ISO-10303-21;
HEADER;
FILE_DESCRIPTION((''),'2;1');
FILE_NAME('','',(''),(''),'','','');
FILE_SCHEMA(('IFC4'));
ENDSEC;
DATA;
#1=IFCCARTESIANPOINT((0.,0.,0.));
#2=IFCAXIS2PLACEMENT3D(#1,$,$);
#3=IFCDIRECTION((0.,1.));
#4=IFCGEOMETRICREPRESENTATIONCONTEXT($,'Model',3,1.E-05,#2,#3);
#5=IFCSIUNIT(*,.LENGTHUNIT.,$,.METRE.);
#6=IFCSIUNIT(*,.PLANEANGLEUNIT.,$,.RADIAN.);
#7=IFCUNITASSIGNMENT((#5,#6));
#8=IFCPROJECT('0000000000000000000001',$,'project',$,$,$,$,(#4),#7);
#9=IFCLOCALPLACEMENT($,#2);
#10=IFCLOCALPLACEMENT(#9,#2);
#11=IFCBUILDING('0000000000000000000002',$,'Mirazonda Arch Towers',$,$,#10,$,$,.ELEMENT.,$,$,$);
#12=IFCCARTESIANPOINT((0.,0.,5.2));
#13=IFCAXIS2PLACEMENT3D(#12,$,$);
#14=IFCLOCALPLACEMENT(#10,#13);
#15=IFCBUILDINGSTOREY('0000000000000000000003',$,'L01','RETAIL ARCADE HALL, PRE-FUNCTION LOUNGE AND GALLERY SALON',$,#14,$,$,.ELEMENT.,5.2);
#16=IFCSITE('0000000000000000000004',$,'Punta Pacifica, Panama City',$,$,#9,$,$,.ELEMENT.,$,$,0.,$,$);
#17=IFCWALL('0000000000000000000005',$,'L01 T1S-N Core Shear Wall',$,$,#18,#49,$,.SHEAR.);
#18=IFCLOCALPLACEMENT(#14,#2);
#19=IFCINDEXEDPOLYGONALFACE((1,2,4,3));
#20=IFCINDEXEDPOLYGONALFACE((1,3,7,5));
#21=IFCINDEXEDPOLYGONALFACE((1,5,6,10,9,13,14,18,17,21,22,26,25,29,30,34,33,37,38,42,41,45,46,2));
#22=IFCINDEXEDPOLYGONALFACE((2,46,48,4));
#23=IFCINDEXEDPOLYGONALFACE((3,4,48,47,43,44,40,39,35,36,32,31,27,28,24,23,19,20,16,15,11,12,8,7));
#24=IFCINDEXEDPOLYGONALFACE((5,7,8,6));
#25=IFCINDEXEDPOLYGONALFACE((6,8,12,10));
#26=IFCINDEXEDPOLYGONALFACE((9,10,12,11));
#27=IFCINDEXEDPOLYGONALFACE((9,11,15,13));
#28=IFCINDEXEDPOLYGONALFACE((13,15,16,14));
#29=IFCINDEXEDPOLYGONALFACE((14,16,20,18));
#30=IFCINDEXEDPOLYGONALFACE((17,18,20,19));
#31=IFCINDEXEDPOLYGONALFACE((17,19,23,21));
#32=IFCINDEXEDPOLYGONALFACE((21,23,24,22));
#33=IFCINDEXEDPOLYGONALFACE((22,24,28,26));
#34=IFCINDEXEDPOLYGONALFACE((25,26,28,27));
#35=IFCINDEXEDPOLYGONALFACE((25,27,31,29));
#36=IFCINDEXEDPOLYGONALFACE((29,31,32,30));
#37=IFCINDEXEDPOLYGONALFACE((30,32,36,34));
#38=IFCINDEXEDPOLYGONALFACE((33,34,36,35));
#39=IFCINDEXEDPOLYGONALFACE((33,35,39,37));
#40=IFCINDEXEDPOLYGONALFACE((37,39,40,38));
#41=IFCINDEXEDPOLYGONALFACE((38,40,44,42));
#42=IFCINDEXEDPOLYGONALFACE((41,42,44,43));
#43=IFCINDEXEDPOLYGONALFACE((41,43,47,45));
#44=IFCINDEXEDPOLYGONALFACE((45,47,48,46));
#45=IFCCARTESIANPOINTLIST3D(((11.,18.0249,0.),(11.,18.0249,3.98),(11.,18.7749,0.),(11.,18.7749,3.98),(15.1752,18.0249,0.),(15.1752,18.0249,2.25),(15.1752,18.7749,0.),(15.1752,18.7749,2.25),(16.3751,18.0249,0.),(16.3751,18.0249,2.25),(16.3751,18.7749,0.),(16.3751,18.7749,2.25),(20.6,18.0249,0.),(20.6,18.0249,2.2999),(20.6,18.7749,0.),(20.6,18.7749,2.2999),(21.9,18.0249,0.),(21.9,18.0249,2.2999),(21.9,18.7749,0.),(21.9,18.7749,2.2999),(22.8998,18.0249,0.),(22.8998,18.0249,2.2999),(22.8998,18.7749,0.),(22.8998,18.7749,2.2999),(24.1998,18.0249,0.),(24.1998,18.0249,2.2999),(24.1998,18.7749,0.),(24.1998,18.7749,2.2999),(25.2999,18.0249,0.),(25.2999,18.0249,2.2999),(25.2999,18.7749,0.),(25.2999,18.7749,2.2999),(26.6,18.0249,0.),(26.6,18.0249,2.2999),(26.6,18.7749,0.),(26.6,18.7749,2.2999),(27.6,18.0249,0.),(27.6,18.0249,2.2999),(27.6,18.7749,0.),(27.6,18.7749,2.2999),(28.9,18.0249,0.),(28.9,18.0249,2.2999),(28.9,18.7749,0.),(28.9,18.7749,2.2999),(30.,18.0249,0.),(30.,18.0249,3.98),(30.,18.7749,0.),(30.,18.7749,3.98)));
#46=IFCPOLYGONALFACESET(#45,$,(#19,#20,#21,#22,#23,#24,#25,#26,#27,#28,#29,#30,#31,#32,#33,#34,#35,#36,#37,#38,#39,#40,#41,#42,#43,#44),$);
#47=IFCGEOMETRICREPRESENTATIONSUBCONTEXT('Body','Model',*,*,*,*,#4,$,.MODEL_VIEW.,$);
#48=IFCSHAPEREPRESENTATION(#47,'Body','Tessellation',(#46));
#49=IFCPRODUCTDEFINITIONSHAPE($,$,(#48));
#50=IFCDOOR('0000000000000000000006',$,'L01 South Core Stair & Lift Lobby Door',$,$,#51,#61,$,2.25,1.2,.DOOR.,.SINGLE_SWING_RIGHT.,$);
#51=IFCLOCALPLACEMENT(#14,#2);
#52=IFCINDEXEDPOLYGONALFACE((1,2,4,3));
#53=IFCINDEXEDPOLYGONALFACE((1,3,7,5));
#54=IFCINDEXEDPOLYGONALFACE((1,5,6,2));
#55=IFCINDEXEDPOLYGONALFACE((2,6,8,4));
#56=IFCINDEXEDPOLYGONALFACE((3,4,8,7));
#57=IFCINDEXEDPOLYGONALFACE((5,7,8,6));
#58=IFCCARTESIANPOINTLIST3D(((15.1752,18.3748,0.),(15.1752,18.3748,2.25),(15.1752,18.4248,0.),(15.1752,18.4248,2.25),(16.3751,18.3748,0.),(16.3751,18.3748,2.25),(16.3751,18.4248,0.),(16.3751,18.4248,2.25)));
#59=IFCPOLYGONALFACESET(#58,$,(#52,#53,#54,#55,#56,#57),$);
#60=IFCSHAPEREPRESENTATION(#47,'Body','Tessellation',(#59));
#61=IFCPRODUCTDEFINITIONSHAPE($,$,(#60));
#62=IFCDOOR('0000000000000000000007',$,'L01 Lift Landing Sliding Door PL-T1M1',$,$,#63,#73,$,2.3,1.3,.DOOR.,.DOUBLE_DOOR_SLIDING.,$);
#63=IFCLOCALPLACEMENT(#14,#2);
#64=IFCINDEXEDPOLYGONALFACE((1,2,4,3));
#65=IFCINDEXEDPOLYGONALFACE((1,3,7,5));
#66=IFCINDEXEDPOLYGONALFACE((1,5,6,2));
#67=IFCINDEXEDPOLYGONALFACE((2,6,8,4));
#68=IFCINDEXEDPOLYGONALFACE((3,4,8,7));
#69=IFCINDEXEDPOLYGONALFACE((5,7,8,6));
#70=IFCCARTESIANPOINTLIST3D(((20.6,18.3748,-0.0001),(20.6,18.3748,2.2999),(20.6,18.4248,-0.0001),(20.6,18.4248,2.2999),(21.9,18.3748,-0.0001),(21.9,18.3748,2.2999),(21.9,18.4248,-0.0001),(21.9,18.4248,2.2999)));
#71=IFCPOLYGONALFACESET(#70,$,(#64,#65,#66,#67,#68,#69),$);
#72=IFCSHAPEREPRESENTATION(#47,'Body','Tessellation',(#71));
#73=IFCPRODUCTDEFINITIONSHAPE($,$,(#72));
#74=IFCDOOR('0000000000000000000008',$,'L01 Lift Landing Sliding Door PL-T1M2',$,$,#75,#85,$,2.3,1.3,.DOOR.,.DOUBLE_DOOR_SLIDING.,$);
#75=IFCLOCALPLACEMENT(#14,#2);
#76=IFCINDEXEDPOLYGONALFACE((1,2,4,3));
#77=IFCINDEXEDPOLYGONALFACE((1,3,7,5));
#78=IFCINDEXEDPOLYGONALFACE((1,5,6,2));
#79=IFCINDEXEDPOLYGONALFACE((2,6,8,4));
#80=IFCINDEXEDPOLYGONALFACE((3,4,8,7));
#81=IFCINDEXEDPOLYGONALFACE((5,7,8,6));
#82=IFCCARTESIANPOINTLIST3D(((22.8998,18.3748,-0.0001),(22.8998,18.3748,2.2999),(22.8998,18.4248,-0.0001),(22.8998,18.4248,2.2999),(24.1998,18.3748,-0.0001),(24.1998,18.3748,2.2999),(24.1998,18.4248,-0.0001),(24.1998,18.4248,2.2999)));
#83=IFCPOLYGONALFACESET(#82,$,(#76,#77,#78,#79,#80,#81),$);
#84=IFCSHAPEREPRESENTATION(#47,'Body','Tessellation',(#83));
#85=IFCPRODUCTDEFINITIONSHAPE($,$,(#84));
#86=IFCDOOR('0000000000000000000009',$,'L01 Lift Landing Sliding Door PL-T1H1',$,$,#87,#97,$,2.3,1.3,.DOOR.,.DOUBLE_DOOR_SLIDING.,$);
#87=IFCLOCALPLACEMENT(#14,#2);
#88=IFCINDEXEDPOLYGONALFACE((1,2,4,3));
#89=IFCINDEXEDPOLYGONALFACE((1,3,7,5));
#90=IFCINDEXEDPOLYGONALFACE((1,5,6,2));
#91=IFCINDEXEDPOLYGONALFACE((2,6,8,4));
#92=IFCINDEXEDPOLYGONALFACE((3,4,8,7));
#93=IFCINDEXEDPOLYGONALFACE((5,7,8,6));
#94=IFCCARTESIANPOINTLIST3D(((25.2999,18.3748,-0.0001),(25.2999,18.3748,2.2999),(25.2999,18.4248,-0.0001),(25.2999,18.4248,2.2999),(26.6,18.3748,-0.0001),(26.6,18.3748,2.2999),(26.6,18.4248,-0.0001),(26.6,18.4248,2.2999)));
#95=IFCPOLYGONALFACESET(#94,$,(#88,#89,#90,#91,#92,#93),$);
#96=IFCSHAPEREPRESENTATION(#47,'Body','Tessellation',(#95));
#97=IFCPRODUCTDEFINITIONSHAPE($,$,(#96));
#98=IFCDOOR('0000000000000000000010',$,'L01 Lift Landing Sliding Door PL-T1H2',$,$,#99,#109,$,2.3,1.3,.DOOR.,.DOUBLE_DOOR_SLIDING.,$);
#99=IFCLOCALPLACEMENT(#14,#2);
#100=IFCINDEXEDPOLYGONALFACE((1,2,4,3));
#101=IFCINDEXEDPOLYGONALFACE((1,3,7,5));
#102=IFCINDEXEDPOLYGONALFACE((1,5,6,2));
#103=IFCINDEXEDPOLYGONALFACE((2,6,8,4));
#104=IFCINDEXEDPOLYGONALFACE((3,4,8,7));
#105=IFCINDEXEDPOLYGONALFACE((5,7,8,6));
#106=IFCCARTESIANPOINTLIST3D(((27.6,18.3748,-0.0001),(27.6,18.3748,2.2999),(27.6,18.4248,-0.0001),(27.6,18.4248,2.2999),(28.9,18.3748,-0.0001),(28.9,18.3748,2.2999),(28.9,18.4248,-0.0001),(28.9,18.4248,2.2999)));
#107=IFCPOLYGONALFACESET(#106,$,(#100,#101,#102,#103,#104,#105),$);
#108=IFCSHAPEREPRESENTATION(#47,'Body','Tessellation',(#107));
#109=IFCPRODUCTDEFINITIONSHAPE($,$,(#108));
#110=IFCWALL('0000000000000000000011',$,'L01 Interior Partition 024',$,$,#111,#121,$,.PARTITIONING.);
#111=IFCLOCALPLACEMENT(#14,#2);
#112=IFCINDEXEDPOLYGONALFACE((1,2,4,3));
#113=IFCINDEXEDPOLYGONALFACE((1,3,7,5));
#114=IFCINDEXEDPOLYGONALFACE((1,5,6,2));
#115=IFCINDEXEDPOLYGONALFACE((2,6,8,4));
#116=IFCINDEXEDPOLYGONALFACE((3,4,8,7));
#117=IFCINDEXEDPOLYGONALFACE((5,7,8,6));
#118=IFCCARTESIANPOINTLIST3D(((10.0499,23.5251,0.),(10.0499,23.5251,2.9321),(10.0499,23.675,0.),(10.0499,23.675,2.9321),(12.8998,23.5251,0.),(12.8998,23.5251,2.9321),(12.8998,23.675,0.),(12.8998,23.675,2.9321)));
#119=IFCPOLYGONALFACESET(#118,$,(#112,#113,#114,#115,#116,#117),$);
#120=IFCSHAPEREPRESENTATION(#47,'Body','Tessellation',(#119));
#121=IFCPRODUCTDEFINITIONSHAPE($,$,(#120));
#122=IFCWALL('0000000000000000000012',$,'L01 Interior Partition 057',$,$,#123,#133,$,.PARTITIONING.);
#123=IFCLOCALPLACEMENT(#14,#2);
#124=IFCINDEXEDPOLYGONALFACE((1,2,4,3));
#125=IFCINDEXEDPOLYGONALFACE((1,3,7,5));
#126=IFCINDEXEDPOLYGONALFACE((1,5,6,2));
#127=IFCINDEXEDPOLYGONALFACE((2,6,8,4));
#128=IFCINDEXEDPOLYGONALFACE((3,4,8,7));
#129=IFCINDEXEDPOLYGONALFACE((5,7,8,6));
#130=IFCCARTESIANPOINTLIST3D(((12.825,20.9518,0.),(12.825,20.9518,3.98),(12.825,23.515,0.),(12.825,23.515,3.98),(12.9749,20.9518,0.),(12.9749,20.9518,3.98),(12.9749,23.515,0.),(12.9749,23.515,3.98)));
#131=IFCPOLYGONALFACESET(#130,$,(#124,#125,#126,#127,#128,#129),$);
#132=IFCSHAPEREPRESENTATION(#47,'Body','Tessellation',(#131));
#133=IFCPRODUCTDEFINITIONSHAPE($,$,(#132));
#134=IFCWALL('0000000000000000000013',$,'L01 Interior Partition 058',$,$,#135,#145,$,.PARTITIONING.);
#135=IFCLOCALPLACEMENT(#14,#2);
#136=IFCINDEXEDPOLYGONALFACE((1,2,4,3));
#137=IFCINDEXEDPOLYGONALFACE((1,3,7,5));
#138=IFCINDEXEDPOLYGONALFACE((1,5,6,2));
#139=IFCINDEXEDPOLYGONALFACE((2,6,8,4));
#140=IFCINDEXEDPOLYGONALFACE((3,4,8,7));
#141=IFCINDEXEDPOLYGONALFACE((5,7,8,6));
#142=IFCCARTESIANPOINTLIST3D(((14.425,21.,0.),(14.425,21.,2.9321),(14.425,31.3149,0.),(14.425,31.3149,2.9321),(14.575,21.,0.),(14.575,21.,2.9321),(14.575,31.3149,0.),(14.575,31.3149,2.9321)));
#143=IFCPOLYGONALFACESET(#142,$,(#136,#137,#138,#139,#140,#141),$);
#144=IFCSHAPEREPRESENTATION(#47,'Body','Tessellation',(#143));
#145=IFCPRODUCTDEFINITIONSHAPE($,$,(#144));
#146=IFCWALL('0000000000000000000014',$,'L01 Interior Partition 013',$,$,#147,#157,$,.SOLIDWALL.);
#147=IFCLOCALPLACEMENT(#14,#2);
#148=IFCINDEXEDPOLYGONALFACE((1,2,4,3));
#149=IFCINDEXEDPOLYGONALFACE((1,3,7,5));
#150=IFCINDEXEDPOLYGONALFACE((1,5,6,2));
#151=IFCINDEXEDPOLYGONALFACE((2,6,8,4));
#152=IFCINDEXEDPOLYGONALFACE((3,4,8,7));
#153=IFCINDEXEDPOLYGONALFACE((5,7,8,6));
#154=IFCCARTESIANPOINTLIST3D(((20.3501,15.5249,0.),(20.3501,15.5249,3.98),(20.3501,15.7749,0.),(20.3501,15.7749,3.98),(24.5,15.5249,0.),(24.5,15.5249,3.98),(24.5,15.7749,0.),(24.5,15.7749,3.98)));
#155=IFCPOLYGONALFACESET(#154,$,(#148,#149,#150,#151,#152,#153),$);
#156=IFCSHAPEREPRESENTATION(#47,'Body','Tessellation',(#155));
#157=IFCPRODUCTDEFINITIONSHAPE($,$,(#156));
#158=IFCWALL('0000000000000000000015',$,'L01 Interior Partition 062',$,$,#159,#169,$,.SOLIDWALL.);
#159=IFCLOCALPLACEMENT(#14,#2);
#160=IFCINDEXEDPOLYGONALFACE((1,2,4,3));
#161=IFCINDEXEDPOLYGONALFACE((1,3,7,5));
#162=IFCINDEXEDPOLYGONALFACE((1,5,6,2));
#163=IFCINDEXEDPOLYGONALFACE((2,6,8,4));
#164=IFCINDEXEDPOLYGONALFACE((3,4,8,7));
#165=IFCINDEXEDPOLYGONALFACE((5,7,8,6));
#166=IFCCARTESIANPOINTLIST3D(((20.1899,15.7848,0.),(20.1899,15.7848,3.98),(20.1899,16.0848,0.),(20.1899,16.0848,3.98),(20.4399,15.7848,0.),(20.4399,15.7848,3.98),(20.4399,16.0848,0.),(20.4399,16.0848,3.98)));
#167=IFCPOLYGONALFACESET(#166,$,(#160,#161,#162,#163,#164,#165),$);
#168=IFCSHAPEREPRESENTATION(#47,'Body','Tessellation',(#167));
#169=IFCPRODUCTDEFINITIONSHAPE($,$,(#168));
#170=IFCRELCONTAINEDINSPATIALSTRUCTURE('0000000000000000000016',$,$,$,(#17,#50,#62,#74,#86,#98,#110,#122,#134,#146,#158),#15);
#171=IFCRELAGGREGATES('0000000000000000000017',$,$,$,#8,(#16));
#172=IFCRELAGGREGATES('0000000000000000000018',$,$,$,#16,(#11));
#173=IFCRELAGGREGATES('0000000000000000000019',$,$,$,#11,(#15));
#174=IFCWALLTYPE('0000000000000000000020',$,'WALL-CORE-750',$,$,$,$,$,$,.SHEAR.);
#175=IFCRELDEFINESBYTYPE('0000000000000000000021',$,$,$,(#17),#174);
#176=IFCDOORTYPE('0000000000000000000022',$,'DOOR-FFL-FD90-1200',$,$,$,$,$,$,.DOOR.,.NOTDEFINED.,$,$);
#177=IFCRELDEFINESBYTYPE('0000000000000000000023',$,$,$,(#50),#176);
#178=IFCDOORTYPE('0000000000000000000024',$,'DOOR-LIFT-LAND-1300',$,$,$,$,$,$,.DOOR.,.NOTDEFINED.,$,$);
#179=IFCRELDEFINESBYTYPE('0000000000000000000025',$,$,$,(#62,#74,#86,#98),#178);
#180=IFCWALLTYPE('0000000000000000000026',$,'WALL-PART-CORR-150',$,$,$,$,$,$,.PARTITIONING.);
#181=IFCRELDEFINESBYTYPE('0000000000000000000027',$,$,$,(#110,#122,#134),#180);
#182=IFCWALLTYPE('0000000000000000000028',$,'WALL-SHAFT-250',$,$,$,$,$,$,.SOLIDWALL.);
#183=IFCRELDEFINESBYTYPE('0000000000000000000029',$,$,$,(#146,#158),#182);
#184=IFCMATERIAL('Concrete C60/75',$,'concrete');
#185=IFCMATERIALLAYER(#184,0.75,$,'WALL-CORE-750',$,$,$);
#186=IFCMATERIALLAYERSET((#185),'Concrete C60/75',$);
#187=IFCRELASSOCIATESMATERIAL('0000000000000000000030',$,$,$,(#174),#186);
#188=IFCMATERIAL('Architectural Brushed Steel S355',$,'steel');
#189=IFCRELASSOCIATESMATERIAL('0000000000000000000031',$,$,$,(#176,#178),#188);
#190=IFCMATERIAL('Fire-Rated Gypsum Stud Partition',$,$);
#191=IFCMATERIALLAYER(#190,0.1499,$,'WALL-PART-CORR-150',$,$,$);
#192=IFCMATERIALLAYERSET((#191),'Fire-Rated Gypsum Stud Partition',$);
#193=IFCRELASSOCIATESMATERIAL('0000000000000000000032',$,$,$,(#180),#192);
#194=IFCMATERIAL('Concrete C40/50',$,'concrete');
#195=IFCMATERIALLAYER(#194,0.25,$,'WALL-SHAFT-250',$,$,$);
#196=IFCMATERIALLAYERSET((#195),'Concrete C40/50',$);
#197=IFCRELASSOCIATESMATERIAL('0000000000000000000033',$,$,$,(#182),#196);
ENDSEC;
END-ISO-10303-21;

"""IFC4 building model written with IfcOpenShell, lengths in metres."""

from ifc_helpers import new_model, si_unit, direction, frame, frame_2d, origin, place, context, subcontext, project, spatial, rectangle, extrude, material, layer, layer_set, type_object, element, fill, save


model = new_model("IFC4")

# Units and contexts
model_context = context("Model", 3, precision=1e-05, world=origin(), true_north=direction((0.0, 1.0)))
body_context = subcontext(model_context, "Body", "Model", "MODEL_VIEW")
ifc_project = project(units=[si_unit("LENGTHUNIT", "METRE"), si_unit("PLANEANGLEUNIT", "RADIAN")], contexts=[model_context])

# Site, building, storey
site_placement = place(None, origin())
site = spatial("IfcSite", under=ifc_project, at=site_placement, Name="Punta Pacifica, Panama City", CompositionType="ELEMENT", RefElevation=0.0)
building_placement = place(site_placement, origin())
building = spatial("IfcBuilding", under=site, at=building_placement, Name="Mirazonda Arch Towers", CompositionType="ELEMENT")
storey_placement = place(building_placement, frame((0.0, 0.0, 5.2)))
storey = spatial("IfcBuildingStorey", under=building, at=storey_placement, Name="L01", Description="RETAIL ARCADE HALL, PRE-FUNCTION LOUNGE AND GALLERY SALON", CompositionType="ELEMENT", Elevation=5.2)

# Shared definitions
ifc_material_1 = material(Name="Concrete C60/75", Category="concrete")

# Shared definitions
ifc_material_2 = material(Name="Architectural Brushed Steel S355", Category="steel")

# Wall, openings, doors
ifc_layer_1 = layer(ifc_material_1, 0.75, Name="WALL-CORE-750")
ifc_layer_set_1 = layer_set([ifc_layer_1], Name="Concrete C60/75")
wall_type_1 = type_object("IfcWallType", Name="WALL-CORE-750", PredefinedType="SHEAR", material=ifc_layer_set_1)
wall_1_placement = place(storey_placement, frame((11.0, 18.3999, 0.0), z_axis=(0.0, 0.0, 1.0), x_axis=(1.0, 0.0, 0.0)))
wall_1 = element("IfcWall", 1, at=wall_1_placement, inside=storey, type_object=wall_type_1, Name="L01 T1S-N Core Shear Wall", PredefinedType="SHEAR", context=body_context, shape_type="SweptSolid", body=[
    extrude(rectangle(XDim=19.0, YDim=0.75, at=frame_2d((9.5, 0.0))), origin(), (0.0, 0.0, 1.0), 3.98),
])
opening_1_placement = place(wall_1_placement, frame((4.175, 0.0, 0.0)))
opening_1 = element("IfcOpeningElement", 2, at=opening_1_placement, cuts=wall_1, PredefinedType="OPENING", context=body_context, shape_type="SweptSolid", body=[
    extrude(rectangle(XDim=1.2, YDim=2.25, at=frame_2d((0.6001, 1.125))), frame((0.0, 0.385, 0.0), z_axis=(0.0, -1.0, 0.0), x_axis=(1.0, 0.0, 0.0)), (0.0, 0.0, 1.0), 0.77),
])
opening_2_placement = place(wall_1_placement, frame((9.6001, 0.0, 0.0)))
opening_2 = element("IfcOpeningElement", 3, at=opening_2_placement, cuts=wall_1, PredefinedType="OPENING", context=body_context, shape_type="SweptSolid", body=[
    extrude(rectangle(XDim=1.3, YDim=2.3, at=frame_2d((0.6499, 1.1499))), frame((0.0, 0.385, 0.0), z_axis=(0.0, -1.0, 0.0), x_axis=(1.0, 0.0, 0.0)), (0.0, 0.0, 1.0), 0.77),
])
opening_3_placement = place(wall_1_placement, frame((11.8999, 0.0, 0.0)))
opening_3 = element("IfcOpeningElement", 4, at=opening_3_placement, cuts=wall_1, PredefinedType="OPENING", context=body_context, shape_type="SweptSolid", body=[
    extrude(rectangle(XDim=1.3, YDim=2.3, at=frame_2d((0.6499, 1.1499))), frame((0.0, 0.385, 0.0), z_axis=(0.0, -1.0, 0.0), x_axis=(1.0, 0.0, 0.0)), (0.0, 0.0, 1.0), 0.77),
])
opening_4_placement = place(wall_1_placement, frame((14.3, 0.0, 0.0)))
opening_4 = element("IfcOpeningElement", 5, at=opening_4_placement, cuts=wall_1, PredefinedType="OPENING", context=body_context, shape_type="SweptSolid", body=[
    extrude(rectangle(XDim=1.3, YDim=2.3, at=frame_2d((0.6499, 1.1499))), frame((0.0, 0.385, 0.0), z_axis=(0.0, -1.0, 0.0), x_axis=(1.0, 0.0, 0.0)), (0.0, 0.0, 1.0), 0.77),
])
opening_5_placement = place(wall_1_placement, frame((16.6001, 0.0, 0.0)))
opening_5 = element("IfcOpeningElement", 6, at=opening_5_placement, cuts=wall_1, PredefinedType="OPENING", context=body_context, shape_type="SweptSolid", body=[
    extrude(rectangle(XDim=1.3, YDim=2.3, at=frame_2d((0.6499, 1.1499))), frame((0.0, 0.385, 0.0), z_axis=(0.0, -1.0, 0.0), x_axis=(1.0, 0.0, 0.0)), (0.0, 0.0, 1.0), 0.77),
])
door_type_1 = type_object("IfcDoorType", Name="DOOR-FFL-FD90-1200", OperationType="NOTDEFINED", PredefinedType="DOOR", material=ifc_material_2)
door_1_placement = place(opening_1_placement, origin())
door_1 = element("IfcDoor", 7, at=door_1_placement, inside=storey, type_object=door_type_1, Name="L01 South Core Stair & Lift Lobby Door", OperationType="SINGLE_SWING_RIGHT", OverallHeight=2.25, OverallWidth=1.2, PredefinedType="DOOR", context=body_context, shape_type="SweptSolid", body=[
    extrude(rectangle(XDim=1.2, YDim=2.25, at=frame_2d((0.6001, 1.125))), frame((0.0, 0.0249, 0.0), z_axis=(0.0, -1.0, 0.0), x_axis=(1.0, 0.0, 0.0)), (0.0, 0.0, 1.0), 0.05),
])
fill(opening_1, door_1)
door_type_2 = type_object("IfcDoorType", Name="DOOR-LIFT-LAND-1300", OperationType="NOTDEFINED", PredefinedType="DOOR", material=ifc_material_2)
door_2_placement = place(opening_2_placement, origin())
door_2 = element("IfcDoor", 8, at=door_2_placement, inside=storey, type_object=door_type_2, Name="L01 Lift Landing Sliding Door PL-T1M1", OperationType="DOUBLE_DOOR_SLIDING", OverallHeight=2.3, OverallWidth=1.3, PredefinedType="DOOR", context=body_context, shape_type="SweptSolid", body=[
    extrude(rectangle(XDim=1.3, YDim=2.3, at=frame_2d((0.6499, 1.1499))), frame((0.0, 0.0249, 0.0), z_axis=(0.0, -1.0, 0.0), x_axis=(1.0, 0.0, 0.0)), (0.0, 0.0, 1.0), 0.05),
])
fill(opening_2, door_2)
door_3_placement = place(opening_3_placement, origin())
door_3 = element("IfcDoor", 9, at=door_3_placement, inside=storey, type_object=door_type_2, Name="L01 Lift Landing Sliding Door PL-T1M2", OperationType="DOUBLE_DOOR_SLIDING", OverallHeight=2.3, OverallWidth=1.3, PredefinedType="DOOR", context=body_context, shape_type="SweptSolid", body=[
    extrude(rectangle(XDim=1.3, YDim=2.3, at=frame_2d((0.6499, 1.1499))), frame((0.0, 0.0249, 0.0), z_axis=(0.0, -1.0, 0.0), x_axis=(1.0, 0.0, 0.0)), (0.0, 0.0, 1.0), 0.05),
])
fill(opening_3, door_3)
door_4_placement = place(opening_4_placement, origin())
door_4 = element("IfcDoor", 10, at=door_4_placement, inside=storey, type_object=door_type_2, Name="L01 Lift Landing Sliding Door PL-T1H1", OperationType="DOUBLE_DOOR_SLIDING", OverallHeight=2.3, OverallWidth=1.3, PredefinedType="DOOR", context=body_context, shape_type="SweptSolid", body=[
    extrude(rectangle(XDim=1.3, YDim=2.3, at=frame_2d((0.6499, 1.1499))), frame((0.0, 0.0249, 0.0), z_axis=(0.0, -1.0, 0.0), x_axis=(1.0, 0.0, 0.0)), (0.0, 0.0, 1.0), 0.05),
])
fill(opening_4, door_4)
door_5_placement = place(opening_5_placement, origin())
door_5 = element("IfcDoor", 11, at=door_5_placement, inside=storey, type_object=door_type_2, Name="L01 Lift Landing Sliding Door PL-T1H2", OperationType="DOUBLE_DOOR_SLIDING", OverallHeight=2.3, OverallWidth=1.3, PredefinedType="DOOR", context=body_context, shape_type="SweptSolid", body=[
    extrude(rectangle(XDim=1.3, YDim=2.3, at=frame_2d((0.6499, 1.1499))), frame((0.0, 0.0249, 0.0), z_axis=(0.0, -1.0, 0.0), x_axis=(1.0, 0.0, 0.0)), (0.0, 0.0, 1.0), 0.05),
])
fill(opening_5, door_5)

# Walls
ifc_material_3 = material(Name="Fire-Rated Gypsum Stud Partition")
ifc_layer_2 = layer(ifc_material_3, 0.1499, Name="WALL-PART-CORR-150")
ifc_layer_set_2 = layer_set([ifc_layer_2], Name="Fire-Rated Gypsum Stud Partition")
wall_type_2 = type_object("IfcWallType", Name="WALL-PART-CORR-150", PredefinedType="PARTITIONING", material=ifc_layer_set_2)
wall_2_placement = place(storey_placement, frame((10.05, 23.6001, 0.0), z_axis=(0.0, 0.0, 1.0), x_axis=(1.0, 0.0, 0.0)))
element("IfcWall", 12, at=wall_2_placement, inside=storey, type_object=wall_type_2, Name="L01 Interior Partition 024", PredefinedType="PARTITIONING", context=body_context, shape_type="SweptSolid", body=[
    extrude(rectangle(XDim=2.8499, YDim=0.1499, at=frame_2d((1.4248, 0.0))), origin(), (0.0, 0.0, 1.0), 2.9321),
])
wall_3_placement = place(storey_placement, frame((12.8999, 20.9517, 0.0), z_axis=(0.0, 0.0, 1.0), x_axis=(0.0, 1.0, 0.0)))
element("IfcWall", 13, at=wall_3_placement, inside=storey, type_object=wall_type_2, Name="L01 Interior Partition 057", PredefinedType="PARTITIONING", context=body_context, shape_type="SweptSolid", body=[
    extrude(rectangle(XDim=2.5632, YDim=0.1499, at=frame_2d((1.2817, 0.0))), origin(), (0.0, 0.0, 1.0), 3.98),
])
wall_4_placement = place(storey_placement, frame((14.5, 21.0, 0.0), z_axis=(0.0, 0.0, 1.0), x_axis=(0.0, 1.0, 0.0)))
element("IfcWall", 14, at=wall_4_placement, inside=storey, type_object=wall_type_2, Name="L01 Interior Partition 058", PredefinedType="PARTITIONING", context=body_context, shape_type="SweptSolid", body=[
    extrude(rectangle(XDim=10.3149, YDim=0.1499, at=frame_2d((5.1575, 0.0))), origin(), (0.0, 0.0, 1.0), 2.9321),
])
ifc_material_4 = material(Name="Concrete C40/50", Category="concrete")
ifc_layer_3 = layer(ifc_material_4, 0.25, Name="WALL-SHAFT-250")
ifc_layer_set_3 = layer_set([ifc_layer_3], Name="Concrete C40/50")
wall_type_3 = type_object("IfcWallType", Name="WALL-SHAFT-250", PredefinedType="SOLIDWALL", material=ifc_layer_set_3)
wall_5_placement = place(storey_placement, frame((20.3501, 15.6499, 0.0), z_axis=(0.0, 0.0, 1.0), x_axis=(1.0, 0.0, 0.0)))
element("IfcWall", 15, at=wall_5_placement, inside=storey, type_object=wall_type_3, Name="L01 Interior Partition 013", PredefinedType="SOLIDWALL", context=body_context, shape_type="SweptSolid", body=[
    extrude(rectangle(XDim=4.1499, YDim=0.25, at=frame_2d((2.075, 0.0))), origin(), (0.0, 0.0, 1.0), 3.98),
])
wall_6_placement = place(storey_placement, frame((20.3149, 15.7849, 0.0), z_axis=(0.0, 0.0, 1.0), x_axis=(0.0, 1.0, 0.0)))
element("IfcWall", 16, at=wall_6_placement, inside=storey, type_object=wall_type_3, Name="L01 Interior Partition 062", PredefinedType="SOLIDWALL", context=body_context, shape_type="SweptSolid", body=[
    extrude(rectangle(XDim=0.3, YDim=0.25, at=frame_2d((0.1499, 0.0))), origin(), (0.0, 0.0, 1.0), 3.98),
])

save(model, "model.ifc")
